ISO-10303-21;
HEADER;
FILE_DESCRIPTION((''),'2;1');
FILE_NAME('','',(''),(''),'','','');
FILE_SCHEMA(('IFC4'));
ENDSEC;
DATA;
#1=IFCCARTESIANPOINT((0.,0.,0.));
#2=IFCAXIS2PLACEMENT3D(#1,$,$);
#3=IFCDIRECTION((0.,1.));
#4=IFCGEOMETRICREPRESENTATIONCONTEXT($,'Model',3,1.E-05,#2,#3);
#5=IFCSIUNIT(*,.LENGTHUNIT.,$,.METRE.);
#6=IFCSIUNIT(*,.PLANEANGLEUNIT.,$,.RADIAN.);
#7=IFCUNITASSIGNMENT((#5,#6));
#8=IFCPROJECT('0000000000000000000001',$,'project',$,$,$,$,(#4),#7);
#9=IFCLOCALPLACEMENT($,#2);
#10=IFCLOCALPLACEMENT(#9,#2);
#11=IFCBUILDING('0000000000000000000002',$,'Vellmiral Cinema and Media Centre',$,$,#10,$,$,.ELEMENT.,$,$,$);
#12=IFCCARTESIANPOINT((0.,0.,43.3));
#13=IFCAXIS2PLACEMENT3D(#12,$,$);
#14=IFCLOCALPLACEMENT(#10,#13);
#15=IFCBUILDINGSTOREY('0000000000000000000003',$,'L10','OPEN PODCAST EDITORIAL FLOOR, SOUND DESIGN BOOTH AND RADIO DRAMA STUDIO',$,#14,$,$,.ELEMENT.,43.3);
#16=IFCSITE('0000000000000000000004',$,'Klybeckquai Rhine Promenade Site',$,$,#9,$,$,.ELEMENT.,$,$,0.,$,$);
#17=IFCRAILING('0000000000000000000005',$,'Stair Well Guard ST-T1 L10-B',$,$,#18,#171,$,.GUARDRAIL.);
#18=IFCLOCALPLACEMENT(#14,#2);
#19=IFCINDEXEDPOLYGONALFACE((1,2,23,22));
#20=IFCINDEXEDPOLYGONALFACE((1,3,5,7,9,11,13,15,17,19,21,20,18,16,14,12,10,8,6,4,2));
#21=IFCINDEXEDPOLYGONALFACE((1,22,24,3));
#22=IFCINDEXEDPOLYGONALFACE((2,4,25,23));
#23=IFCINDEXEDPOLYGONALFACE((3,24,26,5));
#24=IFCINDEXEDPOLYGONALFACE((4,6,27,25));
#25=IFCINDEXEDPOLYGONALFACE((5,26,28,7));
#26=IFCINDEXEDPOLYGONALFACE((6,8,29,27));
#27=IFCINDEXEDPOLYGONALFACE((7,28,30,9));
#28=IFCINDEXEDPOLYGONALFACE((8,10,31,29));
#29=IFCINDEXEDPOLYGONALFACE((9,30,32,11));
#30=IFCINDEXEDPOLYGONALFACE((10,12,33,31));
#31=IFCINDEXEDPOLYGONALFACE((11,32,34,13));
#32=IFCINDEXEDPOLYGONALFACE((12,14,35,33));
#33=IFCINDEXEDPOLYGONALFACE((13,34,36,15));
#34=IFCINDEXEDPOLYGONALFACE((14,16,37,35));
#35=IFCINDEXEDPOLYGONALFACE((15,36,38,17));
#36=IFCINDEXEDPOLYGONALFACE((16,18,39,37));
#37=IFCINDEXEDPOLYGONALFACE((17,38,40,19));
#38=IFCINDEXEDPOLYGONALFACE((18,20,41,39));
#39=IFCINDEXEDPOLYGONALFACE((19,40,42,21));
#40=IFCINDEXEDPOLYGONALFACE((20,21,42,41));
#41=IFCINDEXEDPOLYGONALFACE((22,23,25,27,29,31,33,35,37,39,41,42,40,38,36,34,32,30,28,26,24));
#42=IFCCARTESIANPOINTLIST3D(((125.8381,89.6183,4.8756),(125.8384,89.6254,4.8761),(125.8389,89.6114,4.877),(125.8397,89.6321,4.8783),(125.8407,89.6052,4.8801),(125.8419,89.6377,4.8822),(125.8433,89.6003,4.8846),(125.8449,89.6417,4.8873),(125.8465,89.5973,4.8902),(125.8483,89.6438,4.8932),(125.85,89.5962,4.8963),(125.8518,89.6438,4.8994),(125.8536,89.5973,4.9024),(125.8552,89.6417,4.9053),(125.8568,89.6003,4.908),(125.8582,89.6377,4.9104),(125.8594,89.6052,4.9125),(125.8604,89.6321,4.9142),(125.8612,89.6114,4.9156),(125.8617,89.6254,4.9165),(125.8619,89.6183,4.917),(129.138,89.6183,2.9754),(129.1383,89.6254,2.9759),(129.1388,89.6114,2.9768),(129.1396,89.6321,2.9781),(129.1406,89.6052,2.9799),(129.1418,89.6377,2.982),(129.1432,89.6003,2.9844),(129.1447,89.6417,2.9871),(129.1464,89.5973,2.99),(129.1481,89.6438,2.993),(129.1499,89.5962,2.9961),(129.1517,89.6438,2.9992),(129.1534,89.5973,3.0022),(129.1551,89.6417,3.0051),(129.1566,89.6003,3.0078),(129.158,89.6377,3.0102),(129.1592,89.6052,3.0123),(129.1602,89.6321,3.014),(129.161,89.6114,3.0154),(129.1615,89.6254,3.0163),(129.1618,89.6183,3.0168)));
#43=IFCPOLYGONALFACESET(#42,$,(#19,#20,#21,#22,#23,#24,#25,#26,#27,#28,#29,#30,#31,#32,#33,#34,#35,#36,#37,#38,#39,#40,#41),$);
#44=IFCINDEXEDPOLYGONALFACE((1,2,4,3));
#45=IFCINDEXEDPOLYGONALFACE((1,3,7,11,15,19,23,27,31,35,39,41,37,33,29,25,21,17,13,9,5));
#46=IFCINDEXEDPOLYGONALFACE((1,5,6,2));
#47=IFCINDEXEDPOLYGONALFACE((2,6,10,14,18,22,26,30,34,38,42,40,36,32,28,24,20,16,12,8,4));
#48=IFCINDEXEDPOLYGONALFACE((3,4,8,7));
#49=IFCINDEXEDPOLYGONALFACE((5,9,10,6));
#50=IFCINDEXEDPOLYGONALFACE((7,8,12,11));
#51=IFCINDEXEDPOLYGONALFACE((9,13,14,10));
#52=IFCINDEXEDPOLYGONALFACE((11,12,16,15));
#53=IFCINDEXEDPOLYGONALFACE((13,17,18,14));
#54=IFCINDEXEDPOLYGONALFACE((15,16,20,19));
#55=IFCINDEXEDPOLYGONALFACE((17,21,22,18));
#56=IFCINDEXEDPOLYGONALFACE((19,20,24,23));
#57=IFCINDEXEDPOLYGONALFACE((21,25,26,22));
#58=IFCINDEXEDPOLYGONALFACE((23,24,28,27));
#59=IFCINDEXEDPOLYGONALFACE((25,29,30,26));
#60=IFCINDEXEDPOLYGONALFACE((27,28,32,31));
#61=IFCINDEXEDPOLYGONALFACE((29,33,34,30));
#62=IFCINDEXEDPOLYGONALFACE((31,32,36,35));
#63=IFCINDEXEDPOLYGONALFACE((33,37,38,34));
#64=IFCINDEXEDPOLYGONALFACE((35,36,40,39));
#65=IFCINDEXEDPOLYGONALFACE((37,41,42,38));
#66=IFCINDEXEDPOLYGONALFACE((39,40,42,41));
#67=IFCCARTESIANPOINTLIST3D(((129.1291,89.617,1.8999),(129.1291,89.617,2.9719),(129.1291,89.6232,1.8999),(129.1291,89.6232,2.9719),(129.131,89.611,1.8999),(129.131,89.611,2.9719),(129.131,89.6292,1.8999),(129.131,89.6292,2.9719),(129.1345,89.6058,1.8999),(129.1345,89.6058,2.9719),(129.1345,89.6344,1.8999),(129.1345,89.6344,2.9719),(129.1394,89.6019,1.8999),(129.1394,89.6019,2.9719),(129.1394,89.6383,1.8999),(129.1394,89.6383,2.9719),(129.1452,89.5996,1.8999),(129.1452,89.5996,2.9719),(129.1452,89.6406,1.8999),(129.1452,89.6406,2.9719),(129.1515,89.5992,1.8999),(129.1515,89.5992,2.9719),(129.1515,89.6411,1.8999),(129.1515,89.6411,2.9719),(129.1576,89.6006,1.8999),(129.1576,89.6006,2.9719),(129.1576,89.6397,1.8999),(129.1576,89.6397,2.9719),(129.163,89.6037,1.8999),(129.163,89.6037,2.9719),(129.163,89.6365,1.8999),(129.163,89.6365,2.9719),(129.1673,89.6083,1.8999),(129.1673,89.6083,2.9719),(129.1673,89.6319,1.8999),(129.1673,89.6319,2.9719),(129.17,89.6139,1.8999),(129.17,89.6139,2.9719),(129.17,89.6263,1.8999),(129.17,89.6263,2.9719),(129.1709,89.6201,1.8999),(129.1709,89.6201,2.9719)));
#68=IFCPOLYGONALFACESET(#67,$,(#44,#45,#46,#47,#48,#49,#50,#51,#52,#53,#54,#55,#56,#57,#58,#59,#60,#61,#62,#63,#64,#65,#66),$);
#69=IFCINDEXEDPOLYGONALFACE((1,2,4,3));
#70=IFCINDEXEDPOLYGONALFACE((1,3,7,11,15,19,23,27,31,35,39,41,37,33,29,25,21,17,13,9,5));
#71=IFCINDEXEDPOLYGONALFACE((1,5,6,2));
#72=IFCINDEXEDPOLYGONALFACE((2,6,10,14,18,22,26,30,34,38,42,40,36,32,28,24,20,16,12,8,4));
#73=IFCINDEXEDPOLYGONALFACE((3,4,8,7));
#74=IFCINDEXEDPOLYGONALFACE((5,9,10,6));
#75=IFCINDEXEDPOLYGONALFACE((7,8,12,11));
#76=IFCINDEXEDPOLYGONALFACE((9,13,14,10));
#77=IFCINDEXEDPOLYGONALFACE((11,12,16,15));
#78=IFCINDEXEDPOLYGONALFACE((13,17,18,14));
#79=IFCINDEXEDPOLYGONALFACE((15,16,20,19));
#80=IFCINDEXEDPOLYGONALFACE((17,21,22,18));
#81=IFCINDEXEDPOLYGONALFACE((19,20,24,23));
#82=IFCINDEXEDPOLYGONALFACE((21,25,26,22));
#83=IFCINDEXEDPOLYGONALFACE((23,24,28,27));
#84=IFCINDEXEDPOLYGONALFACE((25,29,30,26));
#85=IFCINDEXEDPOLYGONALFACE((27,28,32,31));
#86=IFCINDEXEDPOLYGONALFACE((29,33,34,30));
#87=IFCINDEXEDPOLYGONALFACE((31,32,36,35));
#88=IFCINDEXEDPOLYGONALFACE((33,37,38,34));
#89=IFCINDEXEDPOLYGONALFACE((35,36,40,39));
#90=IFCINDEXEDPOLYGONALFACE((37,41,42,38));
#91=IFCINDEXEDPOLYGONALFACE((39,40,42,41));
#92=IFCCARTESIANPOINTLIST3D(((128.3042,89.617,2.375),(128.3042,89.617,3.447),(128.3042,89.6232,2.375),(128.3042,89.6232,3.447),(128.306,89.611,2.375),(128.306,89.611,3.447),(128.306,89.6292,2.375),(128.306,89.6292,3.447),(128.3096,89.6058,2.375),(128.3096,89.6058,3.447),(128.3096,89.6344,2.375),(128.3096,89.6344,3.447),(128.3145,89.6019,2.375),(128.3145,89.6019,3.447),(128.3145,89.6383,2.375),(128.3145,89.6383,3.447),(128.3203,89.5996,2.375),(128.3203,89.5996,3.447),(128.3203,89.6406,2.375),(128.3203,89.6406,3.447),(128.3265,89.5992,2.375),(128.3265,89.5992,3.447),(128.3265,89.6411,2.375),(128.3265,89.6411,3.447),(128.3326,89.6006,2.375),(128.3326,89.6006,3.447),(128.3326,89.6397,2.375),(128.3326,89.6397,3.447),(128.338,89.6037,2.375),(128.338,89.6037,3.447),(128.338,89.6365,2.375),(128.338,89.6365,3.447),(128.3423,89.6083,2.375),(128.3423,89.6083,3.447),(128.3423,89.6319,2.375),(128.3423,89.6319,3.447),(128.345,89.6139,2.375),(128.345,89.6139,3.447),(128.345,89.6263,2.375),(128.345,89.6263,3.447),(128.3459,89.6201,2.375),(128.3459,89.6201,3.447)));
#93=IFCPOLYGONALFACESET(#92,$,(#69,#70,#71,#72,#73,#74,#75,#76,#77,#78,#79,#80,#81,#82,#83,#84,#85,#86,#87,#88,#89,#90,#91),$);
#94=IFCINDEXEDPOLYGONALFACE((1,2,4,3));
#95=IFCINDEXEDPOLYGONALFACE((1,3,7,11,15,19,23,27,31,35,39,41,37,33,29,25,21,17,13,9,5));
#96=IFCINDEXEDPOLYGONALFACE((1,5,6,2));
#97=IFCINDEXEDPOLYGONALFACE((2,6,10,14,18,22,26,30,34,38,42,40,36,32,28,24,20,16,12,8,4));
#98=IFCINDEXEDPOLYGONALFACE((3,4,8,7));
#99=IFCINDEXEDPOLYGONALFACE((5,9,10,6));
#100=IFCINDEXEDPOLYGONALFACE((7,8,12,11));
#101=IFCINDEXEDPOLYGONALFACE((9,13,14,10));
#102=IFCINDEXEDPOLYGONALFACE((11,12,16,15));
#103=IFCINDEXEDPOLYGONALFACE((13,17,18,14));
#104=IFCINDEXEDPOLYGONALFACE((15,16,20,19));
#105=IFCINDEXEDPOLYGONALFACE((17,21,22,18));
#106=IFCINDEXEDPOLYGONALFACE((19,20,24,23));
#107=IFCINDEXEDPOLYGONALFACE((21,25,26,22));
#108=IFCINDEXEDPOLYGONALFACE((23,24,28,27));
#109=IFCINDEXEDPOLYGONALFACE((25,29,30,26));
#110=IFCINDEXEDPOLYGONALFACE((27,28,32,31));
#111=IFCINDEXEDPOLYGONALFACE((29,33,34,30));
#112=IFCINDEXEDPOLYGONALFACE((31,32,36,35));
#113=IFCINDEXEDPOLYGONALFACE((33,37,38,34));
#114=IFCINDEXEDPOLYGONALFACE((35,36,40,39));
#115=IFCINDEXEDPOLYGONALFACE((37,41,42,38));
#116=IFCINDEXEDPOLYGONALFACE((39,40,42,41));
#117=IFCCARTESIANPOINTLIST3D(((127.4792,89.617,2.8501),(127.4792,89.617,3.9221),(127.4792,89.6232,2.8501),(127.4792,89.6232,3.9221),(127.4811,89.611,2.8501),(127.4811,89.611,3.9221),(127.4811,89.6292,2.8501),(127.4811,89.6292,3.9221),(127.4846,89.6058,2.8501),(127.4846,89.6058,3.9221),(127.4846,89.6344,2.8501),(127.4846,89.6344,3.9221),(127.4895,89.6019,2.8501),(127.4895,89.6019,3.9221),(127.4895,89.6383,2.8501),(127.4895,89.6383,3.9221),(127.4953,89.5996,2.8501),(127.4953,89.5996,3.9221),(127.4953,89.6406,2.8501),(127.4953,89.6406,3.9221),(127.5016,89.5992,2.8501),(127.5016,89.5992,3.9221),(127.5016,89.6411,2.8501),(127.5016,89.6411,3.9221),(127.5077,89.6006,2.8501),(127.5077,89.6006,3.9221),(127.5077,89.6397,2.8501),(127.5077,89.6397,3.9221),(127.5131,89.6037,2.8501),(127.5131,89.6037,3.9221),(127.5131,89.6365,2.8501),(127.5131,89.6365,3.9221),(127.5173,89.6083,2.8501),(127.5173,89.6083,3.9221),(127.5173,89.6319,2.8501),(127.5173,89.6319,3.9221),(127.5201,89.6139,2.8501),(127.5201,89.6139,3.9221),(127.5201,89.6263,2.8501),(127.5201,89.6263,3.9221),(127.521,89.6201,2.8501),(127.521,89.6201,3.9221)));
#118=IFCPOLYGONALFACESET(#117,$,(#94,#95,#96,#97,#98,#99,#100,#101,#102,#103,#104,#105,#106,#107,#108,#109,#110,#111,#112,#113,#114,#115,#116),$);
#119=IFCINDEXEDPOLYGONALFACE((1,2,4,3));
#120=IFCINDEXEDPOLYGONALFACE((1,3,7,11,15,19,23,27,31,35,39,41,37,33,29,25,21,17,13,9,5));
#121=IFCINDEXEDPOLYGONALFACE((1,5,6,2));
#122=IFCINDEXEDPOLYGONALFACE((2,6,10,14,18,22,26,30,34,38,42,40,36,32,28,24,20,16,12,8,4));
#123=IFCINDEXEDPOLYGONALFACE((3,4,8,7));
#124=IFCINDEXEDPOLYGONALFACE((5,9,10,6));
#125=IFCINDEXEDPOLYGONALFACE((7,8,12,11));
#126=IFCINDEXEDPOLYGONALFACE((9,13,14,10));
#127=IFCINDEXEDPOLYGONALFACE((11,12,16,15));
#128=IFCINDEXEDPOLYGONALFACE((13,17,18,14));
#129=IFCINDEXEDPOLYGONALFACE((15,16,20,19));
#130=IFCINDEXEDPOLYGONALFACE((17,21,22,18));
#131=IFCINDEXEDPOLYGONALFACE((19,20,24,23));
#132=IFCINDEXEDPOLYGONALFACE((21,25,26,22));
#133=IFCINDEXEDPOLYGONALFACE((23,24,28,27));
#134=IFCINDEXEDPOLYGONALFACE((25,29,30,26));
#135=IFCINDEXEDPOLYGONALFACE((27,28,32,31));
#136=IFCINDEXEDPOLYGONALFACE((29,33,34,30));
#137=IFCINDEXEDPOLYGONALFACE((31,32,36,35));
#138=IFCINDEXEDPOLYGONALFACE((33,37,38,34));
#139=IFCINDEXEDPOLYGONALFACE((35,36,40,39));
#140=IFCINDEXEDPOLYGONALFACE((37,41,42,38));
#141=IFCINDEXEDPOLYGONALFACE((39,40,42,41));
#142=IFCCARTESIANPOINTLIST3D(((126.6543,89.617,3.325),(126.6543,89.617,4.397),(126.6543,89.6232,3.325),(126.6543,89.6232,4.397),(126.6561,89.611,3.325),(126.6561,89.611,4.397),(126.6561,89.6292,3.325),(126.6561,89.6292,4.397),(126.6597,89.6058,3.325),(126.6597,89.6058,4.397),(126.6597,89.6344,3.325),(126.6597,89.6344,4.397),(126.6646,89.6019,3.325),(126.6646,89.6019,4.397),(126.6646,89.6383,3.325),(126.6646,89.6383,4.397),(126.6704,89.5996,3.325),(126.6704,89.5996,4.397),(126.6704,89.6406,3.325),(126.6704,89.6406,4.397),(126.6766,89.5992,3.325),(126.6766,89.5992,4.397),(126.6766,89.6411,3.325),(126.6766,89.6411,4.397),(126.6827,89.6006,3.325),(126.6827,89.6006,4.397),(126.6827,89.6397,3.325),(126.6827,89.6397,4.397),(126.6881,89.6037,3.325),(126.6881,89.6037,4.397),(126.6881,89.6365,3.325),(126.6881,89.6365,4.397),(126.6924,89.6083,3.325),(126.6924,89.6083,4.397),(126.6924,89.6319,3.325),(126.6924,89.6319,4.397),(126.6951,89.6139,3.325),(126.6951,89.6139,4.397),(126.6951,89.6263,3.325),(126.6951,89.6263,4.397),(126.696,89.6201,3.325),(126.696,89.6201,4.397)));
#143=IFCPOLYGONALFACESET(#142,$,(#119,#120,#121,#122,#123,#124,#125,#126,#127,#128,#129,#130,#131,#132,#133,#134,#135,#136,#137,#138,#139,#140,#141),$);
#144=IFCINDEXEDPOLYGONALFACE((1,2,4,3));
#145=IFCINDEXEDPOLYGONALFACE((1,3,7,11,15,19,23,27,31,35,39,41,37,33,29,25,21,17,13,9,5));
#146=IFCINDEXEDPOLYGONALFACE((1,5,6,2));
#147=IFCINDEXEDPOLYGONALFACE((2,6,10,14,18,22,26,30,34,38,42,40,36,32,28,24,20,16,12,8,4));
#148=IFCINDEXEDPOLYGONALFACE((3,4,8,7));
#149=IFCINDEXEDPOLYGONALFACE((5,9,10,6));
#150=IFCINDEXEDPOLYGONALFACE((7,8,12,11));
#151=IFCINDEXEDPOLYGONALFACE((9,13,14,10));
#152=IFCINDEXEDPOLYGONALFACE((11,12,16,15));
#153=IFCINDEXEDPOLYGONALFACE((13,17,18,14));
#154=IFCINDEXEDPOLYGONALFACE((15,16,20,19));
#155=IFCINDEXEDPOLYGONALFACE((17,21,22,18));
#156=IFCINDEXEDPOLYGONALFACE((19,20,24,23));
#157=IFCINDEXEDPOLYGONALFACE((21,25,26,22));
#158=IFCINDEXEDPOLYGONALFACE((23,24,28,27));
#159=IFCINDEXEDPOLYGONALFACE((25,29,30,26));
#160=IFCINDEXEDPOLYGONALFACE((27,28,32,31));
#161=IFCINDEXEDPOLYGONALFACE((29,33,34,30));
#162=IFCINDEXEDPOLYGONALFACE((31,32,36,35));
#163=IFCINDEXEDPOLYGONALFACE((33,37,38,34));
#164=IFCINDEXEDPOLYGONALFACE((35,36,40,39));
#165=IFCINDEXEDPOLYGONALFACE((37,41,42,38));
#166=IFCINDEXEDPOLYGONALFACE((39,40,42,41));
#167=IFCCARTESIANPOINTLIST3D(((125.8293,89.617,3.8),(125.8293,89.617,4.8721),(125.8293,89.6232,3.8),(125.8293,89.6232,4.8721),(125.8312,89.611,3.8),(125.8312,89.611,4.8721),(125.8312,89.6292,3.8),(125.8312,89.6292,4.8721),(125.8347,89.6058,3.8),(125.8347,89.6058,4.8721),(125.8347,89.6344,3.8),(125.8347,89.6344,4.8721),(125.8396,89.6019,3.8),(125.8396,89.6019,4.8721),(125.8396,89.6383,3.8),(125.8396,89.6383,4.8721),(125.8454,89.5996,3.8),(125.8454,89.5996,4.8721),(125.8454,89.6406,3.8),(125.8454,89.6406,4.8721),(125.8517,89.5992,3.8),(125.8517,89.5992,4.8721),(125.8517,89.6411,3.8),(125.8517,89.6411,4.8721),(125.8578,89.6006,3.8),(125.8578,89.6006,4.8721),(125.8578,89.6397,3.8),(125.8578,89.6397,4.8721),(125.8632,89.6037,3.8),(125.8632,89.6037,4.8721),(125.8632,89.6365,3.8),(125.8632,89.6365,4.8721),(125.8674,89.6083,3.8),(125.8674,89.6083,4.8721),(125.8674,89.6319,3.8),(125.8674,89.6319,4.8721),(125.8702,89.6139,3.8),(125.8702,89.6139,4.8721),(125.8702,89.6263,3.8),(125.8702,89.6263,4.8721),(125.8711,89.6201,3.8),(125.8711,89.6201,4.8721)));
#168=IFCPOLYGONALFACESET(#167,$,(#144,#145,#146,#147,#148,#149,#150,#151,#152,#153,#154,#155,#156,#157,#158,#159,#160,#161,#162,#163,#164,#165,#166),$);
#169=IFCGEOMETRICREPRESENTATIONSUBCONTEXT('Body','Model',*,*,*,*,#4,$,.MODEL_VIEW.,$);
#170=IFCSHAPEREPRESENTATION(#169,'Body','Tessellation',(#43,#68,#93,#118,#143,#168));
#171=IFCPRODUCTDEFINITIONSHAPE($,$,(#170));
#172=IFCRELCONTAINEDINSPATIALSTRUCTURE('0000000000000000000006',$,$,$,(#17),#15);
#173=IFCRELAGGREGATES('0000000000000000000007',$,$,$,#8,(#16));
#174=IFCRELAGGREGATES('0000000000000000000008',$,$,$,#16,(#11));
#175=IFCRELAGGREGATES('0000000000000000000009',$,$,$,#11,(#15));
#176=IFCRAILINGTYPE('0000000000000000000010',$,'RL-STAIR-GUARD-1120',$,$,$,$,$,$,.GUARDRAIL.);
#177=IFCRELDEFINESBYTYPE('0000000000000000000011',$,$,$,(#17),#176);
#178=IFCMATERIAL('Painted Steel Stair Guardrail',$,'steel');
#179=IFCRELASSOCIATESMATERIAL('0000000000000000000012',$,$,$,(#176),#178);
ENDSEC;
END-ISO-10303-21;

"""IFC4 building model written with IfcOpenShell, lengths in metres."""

from ifc_helpers import new_model, si_unit, direction, frame, origin, origin_2d, place, context, subcontext, project, spatial, circle, extrude, material, type_object, element, save


model = new_model("IFC4")

# Units and contexts
model_context = context("Model", 3, precision=1e-05, world=origin(), true_north=direction((0.0, 1.0)))
body_context = subcontext(model_context, "Body", "Model", "MODEL_VIEW")
ifc_project = project(units=[si_unit("LENGTHUNIT", "METRE"), si_unit("PLANEANGLEUNIT", "RADIAN")], contexts=[model_context])

# Site, building, storey
site_placement = place(None, origin())
site = spatial("IfcSite", under=ifc_project, at=site_placement, Name="Klybeckquai Rhine Promenade Site", CompositionType="ELEMENT", RefElevation=0.0)
building_placement = place(site_placement, origin())
building = spatial("IfcBuilding", under=site, at=building_placement, Name="Vellmiral Cinema and Media Centre", CompositionType="ELEMENT")
storey_placement = place(building_placement, frame((0.0, 0.0, 43.3)))
storey = spatial("IfcBuildingStorey", under=building, at=storey_placement, Name="L10", Description="OPEN PODCAST EDITORIAL FLOOR, SOUND DESIGN BOOTH AND RADIO DRAMA STUDIO", CompositionType="ELEMENT", Elevation=43.3)

# Railing
ifc_material_1 = material(Name="Painted Steel Stair Guardrail", Category="steel")
railing_type_1 = type_object("IfcRailingType", Name="RL-STAIR-GUARD-1120", PredefinedType="GUARDRAIL", material=ifc_material_1)
railing_1_placement = place(storey_placement, frame((129.1499, 89.6201, 1.8999)))
element("IfcRailing", 1, at=railing_1_placement, inside=storey, type_object=railing_type_1, Name="Stair Well Guard ST-T1 L10-B", PredefinedType="GUARDRAIL", context=body_context, shape_type="SweptSolid", body=[
    extrude(circle(Radius=0.0239, at=origin_2d()), frame((0.0, 0.0, 1.0962), z_axis=(-0.866593, 0.0, 0.499016), x_axis=(0.0, -1.0, 0.0)), (0.0, 0.0, 1.0), 3.8079),
    extrude(circle(Radius=0.021, at=origin_2d()), origin(), (0.0, 0.0, 1.0), 1.072),
    extrude(circle(Radius=0.021, at=origin_2d()), frame((-0.825, 0.0, 0.4751)), (0.0, 0.0, 1.0), 1.072),
    extrude(circle(Radius=0.021, at=origin_2d()), frame((-1.6499, 0.0, 0.9502)), (0.0, 0.0, 1.0), 1.072),
    extrude(circle(Radius=0.021, at=origin_2d()), frame((-2.4749, 0.0, 1.425)), (0.0, 0.0, 1.0), 1.072),
    extrude(circle(Radius=0.021, at=origin_2d()), frame((-3.2998, 0.0, 1.9001)), (0.0, 0.0, 1.0), 1.072),
])

save(model, "model.ifc")
